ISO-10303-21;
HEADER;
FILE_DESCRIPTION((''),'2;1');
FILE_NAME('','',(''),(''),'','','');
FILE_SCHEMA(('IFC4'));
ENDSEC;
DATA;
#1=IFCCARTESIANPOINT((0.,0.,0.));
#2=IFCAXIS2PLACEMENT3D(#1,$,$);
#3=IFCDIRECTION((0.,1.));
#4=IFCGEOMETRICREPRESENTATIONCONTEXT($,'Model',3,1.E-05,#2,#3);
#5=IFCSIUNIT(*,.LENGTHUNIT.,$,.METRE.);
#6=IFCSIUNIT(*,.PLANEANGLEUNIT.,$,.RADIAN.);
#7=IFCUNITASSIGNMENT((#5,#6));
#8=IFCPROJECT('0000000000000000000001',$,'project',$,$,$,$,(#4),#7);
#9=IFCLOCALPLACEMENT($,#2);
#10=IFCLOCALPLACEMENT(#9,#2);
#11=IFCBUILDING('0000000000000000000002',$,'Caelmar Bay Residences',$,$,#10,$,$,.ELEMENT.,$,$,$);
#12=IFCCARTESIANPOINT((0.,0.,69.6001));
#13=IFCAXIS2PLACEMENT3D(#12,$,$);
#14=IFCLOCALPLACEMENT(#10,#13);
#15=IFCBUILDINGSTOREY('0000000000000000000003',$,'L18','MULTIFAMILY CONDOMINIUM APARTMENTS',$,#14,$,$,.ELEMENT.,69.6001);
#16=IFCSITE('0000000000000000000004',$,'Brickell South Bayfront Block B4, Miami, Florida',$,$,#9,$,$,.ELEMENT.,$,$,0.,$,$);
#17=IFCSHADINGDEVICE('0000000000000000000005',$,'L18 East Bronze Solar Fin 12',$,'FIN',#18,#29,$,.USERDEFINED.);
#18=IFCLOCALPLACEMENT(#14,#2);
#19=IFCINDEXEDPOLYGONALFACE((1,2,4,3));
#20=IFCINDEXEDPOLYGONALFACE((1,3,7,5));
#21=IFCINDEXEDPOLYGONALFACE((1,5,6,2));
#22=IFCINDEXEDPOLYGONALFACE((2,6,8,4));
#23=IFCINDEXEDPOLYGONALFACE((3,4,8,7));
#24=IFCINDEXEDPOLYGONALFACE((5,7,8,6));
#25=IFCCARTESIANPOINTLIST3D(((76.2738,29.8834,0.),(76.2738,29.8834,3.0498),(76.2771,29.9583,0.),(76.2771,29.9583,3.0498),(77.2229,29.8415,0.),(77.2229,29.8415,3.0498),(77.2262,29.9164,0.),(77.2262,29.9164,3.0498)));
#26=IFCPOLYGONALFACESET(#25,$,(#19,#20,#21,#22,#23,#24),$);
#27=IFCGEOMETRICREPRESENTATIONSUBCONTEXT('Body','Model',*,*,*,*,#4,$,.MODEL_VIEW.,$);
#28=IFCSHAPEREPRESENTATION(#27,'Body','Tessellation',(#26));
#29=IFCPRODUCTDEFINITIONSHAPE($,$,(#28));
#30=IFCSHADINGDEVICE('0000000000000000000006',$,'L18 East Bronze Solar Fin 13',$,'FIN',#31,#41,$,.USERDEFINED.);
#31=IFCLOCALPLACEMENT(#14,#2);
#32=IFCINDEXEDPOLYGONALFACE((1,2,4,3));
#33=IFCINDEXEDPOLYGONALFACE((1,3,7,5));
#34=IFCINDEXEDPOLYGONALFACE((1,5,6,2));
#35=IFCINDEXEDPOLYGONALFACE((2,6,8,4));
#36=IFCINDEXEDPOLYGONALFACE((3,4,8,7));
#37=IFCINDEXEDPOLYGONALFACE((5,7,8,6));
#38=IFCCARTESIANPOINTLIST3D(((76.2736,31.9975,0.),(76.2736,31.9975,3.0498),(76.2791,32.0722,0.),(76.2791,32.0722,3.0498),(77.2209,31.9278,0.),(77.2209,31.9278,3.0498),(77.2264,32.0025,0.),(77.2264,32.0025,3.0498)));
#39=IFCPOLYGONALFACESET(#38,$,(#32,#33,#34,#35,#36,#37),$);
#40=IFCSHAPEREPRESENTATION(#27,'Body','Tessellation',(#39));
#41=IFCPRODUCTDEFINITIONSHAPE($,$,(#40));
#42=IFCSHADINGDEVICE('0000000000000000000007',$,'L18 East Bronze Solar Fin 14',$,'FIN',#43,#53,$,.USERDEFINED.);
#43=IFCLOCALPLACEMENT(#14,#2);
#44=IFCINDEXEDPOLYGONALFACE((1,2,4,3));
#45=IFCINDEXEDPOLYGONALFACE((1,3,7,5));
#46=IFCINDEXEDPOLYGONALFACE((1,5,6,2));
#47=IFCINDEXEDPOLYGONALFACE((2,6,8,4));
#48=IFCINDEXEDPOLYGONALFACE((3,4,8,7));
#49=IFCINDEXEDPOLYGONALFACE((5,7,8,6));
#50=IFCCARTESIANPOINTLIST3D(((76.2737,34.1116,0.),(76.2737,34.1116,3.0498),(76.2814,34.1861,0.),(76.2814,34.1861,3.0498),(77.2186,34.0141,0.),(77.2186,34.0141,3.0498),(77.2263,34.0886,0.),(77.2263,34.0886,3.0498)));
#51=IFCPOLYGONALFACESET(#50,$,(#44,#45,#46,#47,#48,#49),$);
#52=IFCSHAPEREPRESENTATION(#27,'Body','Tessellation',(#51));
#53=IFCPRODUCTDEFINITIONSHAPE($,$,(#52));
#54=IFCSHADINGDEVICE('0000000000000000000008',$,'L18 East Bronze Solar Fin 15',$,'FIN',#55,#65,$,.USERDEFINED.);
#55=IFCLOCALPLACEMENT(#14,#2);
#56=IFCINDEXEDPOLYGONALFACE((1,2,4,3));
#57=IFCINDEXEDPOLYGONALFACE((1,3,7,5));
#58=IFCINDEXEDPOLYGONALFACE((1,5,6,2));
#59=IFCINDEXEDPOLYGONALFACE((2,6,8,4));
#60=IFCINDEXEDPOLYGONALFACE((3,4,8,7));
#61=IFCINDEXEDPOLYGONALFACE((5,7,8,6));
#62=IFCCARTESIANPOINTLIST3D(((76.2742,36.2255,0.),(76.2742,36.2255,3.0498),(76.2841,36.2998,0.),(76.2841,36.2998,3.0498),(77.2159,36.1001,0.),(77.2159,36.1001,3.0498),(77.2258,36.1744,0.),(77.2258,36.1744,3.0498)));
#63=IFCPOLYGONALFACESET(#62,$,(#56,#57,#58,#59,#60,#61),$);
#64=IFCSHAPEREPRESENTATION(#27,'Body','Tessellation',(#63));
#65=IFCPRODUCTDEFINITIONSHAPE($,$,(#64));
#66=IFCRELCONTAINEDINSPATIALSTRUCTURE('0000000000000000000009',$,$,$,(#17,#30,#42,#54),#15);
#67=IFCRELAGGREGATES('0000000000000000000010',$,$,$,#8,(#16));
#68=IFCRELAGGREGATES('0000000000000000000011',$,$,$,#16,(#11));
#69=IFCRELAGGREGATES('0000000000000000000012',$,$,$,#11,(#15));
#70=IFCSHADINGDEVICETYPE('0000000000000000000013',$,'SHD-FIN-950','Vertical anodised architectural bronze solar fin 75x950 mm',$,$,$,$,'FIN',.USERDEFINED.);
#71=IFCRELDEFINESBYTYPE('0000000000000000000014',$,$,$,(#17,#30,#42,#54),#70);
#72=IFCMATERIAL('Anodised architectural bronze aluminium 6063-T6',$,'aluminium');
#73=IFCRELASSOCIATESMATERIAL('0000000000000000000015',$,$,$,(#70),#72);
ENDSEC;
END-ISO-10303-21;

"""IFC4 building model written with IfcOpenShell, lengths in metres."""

from ifc_helpers import new_model, si_unit, direction, frame, origin, origin_2d, place, context, subcontext, project, spatial, rectangle, extrude, material, material_profile, profile_set, type_object, element, save


model = new_model("IFC4")

# Units and contexts
model_context = context("Model", 3, precision=1e-05, world=origin(), true_north=direction((0.0, 1.0)))
body_context = subcontext(model_context, "Body", "Model", "MODEL_VIEW")
ifc_project = project(units=[si_unit("LENGTHUNIT", "METRE"), si_unit("PLANEANGLEUNIT", "RADIAN")], contexts=[model_context])

# Site, building, storey
site_placement = place(None, origin())
site = spatial("IfcSite", under=ifc_project, at=site_placement, Name="Brickell South Bayfront Block B4, Miami, Florida", CompositionType="ELEMENT", RefElevation=0.0)
building_placement = place(site_placement, origin())
building = spatial("IfcBuilding", under=site, at=building_placement, Name="Caelmar Bay Residences", CompositionType="ELEMENT")
storey_placement = place(building_placement, frame((0.0, 0.0, 69.6001)))
storey = spatial("IfcBuildingStorey", under=building, at=storey_placement, Name="L18", Description="MULTIFAMILY CONDOMINIUM APARTMENTS", CompositionType="ELEMENT", Elevation=69.6001)

# Shading devices
ifc_material_1 = material(Name="Anodised architectural bronze aluminium 6063-T6", Category="aluminium")
ifc_material_profile_1 = material_profile(ifc_material_1, rectangle(XDim=0.075, YDim=0.95, at=origin_2d()), Name="BRONZE-FIN-75X950")
ifc_profile_set_1 = profile_set([ifc_material_profile_1], Name="Anodised architectural bronze aluminium 6063-T6")
shading_device_type = type_object("IfcShadingDeviceType", Name="SHD-FIN-950", Description="Vertical anodised architectural bronze solar fin 75x950 mm", ElementType="FIN", PredefinedType="USERDEFINED", material=ifc_profile_set_1)
for number, where, z_axis, x_axis, name in (
    (1, (76.75, 29.8999, 0.0), (0.0, 0.0, 1.0), (0.044142, 0.999025, 0.0), "L18 East Bronze Solar Fin 12"),
    (2, (76.75, 32.0, 0.0), (0.0, 0.0, 1.0), (0.073412, 0.997302, 0.0), "L18 East Bronze Solar Fin 13"),
    (3, (76.75, 34.1001, 0.0), (0.0, 0.0, 1.0), (0.102619, 0.994721, 0.0), "L18 East Bronze Solar Fin 14"),
    (4, (76.75, 36.2, 0.0), (0.0, 0.0, 1.0), (0.13191, 0.991262, 0.0), "L18 East Bronze Solar Fin 15"),
):
    element("IfcShadingDevice", number, at=place(storey_placement, frame(where, z_axis=z_axis, x_axis=x_axis)), inside=storey, type_object=shading_device_type, Name=name, ObjectType="FIN", PredefinedType="USERDEFINED", context=body_context, shape_type="SweptSolid", body=[
        extrude(rectangle(XDim=0.075, YDim=0.95, at=origin_2d()), origin(), (0.0, 0.0, 1.0), 3.0498),
    ])

save(model, "model.ifc")
